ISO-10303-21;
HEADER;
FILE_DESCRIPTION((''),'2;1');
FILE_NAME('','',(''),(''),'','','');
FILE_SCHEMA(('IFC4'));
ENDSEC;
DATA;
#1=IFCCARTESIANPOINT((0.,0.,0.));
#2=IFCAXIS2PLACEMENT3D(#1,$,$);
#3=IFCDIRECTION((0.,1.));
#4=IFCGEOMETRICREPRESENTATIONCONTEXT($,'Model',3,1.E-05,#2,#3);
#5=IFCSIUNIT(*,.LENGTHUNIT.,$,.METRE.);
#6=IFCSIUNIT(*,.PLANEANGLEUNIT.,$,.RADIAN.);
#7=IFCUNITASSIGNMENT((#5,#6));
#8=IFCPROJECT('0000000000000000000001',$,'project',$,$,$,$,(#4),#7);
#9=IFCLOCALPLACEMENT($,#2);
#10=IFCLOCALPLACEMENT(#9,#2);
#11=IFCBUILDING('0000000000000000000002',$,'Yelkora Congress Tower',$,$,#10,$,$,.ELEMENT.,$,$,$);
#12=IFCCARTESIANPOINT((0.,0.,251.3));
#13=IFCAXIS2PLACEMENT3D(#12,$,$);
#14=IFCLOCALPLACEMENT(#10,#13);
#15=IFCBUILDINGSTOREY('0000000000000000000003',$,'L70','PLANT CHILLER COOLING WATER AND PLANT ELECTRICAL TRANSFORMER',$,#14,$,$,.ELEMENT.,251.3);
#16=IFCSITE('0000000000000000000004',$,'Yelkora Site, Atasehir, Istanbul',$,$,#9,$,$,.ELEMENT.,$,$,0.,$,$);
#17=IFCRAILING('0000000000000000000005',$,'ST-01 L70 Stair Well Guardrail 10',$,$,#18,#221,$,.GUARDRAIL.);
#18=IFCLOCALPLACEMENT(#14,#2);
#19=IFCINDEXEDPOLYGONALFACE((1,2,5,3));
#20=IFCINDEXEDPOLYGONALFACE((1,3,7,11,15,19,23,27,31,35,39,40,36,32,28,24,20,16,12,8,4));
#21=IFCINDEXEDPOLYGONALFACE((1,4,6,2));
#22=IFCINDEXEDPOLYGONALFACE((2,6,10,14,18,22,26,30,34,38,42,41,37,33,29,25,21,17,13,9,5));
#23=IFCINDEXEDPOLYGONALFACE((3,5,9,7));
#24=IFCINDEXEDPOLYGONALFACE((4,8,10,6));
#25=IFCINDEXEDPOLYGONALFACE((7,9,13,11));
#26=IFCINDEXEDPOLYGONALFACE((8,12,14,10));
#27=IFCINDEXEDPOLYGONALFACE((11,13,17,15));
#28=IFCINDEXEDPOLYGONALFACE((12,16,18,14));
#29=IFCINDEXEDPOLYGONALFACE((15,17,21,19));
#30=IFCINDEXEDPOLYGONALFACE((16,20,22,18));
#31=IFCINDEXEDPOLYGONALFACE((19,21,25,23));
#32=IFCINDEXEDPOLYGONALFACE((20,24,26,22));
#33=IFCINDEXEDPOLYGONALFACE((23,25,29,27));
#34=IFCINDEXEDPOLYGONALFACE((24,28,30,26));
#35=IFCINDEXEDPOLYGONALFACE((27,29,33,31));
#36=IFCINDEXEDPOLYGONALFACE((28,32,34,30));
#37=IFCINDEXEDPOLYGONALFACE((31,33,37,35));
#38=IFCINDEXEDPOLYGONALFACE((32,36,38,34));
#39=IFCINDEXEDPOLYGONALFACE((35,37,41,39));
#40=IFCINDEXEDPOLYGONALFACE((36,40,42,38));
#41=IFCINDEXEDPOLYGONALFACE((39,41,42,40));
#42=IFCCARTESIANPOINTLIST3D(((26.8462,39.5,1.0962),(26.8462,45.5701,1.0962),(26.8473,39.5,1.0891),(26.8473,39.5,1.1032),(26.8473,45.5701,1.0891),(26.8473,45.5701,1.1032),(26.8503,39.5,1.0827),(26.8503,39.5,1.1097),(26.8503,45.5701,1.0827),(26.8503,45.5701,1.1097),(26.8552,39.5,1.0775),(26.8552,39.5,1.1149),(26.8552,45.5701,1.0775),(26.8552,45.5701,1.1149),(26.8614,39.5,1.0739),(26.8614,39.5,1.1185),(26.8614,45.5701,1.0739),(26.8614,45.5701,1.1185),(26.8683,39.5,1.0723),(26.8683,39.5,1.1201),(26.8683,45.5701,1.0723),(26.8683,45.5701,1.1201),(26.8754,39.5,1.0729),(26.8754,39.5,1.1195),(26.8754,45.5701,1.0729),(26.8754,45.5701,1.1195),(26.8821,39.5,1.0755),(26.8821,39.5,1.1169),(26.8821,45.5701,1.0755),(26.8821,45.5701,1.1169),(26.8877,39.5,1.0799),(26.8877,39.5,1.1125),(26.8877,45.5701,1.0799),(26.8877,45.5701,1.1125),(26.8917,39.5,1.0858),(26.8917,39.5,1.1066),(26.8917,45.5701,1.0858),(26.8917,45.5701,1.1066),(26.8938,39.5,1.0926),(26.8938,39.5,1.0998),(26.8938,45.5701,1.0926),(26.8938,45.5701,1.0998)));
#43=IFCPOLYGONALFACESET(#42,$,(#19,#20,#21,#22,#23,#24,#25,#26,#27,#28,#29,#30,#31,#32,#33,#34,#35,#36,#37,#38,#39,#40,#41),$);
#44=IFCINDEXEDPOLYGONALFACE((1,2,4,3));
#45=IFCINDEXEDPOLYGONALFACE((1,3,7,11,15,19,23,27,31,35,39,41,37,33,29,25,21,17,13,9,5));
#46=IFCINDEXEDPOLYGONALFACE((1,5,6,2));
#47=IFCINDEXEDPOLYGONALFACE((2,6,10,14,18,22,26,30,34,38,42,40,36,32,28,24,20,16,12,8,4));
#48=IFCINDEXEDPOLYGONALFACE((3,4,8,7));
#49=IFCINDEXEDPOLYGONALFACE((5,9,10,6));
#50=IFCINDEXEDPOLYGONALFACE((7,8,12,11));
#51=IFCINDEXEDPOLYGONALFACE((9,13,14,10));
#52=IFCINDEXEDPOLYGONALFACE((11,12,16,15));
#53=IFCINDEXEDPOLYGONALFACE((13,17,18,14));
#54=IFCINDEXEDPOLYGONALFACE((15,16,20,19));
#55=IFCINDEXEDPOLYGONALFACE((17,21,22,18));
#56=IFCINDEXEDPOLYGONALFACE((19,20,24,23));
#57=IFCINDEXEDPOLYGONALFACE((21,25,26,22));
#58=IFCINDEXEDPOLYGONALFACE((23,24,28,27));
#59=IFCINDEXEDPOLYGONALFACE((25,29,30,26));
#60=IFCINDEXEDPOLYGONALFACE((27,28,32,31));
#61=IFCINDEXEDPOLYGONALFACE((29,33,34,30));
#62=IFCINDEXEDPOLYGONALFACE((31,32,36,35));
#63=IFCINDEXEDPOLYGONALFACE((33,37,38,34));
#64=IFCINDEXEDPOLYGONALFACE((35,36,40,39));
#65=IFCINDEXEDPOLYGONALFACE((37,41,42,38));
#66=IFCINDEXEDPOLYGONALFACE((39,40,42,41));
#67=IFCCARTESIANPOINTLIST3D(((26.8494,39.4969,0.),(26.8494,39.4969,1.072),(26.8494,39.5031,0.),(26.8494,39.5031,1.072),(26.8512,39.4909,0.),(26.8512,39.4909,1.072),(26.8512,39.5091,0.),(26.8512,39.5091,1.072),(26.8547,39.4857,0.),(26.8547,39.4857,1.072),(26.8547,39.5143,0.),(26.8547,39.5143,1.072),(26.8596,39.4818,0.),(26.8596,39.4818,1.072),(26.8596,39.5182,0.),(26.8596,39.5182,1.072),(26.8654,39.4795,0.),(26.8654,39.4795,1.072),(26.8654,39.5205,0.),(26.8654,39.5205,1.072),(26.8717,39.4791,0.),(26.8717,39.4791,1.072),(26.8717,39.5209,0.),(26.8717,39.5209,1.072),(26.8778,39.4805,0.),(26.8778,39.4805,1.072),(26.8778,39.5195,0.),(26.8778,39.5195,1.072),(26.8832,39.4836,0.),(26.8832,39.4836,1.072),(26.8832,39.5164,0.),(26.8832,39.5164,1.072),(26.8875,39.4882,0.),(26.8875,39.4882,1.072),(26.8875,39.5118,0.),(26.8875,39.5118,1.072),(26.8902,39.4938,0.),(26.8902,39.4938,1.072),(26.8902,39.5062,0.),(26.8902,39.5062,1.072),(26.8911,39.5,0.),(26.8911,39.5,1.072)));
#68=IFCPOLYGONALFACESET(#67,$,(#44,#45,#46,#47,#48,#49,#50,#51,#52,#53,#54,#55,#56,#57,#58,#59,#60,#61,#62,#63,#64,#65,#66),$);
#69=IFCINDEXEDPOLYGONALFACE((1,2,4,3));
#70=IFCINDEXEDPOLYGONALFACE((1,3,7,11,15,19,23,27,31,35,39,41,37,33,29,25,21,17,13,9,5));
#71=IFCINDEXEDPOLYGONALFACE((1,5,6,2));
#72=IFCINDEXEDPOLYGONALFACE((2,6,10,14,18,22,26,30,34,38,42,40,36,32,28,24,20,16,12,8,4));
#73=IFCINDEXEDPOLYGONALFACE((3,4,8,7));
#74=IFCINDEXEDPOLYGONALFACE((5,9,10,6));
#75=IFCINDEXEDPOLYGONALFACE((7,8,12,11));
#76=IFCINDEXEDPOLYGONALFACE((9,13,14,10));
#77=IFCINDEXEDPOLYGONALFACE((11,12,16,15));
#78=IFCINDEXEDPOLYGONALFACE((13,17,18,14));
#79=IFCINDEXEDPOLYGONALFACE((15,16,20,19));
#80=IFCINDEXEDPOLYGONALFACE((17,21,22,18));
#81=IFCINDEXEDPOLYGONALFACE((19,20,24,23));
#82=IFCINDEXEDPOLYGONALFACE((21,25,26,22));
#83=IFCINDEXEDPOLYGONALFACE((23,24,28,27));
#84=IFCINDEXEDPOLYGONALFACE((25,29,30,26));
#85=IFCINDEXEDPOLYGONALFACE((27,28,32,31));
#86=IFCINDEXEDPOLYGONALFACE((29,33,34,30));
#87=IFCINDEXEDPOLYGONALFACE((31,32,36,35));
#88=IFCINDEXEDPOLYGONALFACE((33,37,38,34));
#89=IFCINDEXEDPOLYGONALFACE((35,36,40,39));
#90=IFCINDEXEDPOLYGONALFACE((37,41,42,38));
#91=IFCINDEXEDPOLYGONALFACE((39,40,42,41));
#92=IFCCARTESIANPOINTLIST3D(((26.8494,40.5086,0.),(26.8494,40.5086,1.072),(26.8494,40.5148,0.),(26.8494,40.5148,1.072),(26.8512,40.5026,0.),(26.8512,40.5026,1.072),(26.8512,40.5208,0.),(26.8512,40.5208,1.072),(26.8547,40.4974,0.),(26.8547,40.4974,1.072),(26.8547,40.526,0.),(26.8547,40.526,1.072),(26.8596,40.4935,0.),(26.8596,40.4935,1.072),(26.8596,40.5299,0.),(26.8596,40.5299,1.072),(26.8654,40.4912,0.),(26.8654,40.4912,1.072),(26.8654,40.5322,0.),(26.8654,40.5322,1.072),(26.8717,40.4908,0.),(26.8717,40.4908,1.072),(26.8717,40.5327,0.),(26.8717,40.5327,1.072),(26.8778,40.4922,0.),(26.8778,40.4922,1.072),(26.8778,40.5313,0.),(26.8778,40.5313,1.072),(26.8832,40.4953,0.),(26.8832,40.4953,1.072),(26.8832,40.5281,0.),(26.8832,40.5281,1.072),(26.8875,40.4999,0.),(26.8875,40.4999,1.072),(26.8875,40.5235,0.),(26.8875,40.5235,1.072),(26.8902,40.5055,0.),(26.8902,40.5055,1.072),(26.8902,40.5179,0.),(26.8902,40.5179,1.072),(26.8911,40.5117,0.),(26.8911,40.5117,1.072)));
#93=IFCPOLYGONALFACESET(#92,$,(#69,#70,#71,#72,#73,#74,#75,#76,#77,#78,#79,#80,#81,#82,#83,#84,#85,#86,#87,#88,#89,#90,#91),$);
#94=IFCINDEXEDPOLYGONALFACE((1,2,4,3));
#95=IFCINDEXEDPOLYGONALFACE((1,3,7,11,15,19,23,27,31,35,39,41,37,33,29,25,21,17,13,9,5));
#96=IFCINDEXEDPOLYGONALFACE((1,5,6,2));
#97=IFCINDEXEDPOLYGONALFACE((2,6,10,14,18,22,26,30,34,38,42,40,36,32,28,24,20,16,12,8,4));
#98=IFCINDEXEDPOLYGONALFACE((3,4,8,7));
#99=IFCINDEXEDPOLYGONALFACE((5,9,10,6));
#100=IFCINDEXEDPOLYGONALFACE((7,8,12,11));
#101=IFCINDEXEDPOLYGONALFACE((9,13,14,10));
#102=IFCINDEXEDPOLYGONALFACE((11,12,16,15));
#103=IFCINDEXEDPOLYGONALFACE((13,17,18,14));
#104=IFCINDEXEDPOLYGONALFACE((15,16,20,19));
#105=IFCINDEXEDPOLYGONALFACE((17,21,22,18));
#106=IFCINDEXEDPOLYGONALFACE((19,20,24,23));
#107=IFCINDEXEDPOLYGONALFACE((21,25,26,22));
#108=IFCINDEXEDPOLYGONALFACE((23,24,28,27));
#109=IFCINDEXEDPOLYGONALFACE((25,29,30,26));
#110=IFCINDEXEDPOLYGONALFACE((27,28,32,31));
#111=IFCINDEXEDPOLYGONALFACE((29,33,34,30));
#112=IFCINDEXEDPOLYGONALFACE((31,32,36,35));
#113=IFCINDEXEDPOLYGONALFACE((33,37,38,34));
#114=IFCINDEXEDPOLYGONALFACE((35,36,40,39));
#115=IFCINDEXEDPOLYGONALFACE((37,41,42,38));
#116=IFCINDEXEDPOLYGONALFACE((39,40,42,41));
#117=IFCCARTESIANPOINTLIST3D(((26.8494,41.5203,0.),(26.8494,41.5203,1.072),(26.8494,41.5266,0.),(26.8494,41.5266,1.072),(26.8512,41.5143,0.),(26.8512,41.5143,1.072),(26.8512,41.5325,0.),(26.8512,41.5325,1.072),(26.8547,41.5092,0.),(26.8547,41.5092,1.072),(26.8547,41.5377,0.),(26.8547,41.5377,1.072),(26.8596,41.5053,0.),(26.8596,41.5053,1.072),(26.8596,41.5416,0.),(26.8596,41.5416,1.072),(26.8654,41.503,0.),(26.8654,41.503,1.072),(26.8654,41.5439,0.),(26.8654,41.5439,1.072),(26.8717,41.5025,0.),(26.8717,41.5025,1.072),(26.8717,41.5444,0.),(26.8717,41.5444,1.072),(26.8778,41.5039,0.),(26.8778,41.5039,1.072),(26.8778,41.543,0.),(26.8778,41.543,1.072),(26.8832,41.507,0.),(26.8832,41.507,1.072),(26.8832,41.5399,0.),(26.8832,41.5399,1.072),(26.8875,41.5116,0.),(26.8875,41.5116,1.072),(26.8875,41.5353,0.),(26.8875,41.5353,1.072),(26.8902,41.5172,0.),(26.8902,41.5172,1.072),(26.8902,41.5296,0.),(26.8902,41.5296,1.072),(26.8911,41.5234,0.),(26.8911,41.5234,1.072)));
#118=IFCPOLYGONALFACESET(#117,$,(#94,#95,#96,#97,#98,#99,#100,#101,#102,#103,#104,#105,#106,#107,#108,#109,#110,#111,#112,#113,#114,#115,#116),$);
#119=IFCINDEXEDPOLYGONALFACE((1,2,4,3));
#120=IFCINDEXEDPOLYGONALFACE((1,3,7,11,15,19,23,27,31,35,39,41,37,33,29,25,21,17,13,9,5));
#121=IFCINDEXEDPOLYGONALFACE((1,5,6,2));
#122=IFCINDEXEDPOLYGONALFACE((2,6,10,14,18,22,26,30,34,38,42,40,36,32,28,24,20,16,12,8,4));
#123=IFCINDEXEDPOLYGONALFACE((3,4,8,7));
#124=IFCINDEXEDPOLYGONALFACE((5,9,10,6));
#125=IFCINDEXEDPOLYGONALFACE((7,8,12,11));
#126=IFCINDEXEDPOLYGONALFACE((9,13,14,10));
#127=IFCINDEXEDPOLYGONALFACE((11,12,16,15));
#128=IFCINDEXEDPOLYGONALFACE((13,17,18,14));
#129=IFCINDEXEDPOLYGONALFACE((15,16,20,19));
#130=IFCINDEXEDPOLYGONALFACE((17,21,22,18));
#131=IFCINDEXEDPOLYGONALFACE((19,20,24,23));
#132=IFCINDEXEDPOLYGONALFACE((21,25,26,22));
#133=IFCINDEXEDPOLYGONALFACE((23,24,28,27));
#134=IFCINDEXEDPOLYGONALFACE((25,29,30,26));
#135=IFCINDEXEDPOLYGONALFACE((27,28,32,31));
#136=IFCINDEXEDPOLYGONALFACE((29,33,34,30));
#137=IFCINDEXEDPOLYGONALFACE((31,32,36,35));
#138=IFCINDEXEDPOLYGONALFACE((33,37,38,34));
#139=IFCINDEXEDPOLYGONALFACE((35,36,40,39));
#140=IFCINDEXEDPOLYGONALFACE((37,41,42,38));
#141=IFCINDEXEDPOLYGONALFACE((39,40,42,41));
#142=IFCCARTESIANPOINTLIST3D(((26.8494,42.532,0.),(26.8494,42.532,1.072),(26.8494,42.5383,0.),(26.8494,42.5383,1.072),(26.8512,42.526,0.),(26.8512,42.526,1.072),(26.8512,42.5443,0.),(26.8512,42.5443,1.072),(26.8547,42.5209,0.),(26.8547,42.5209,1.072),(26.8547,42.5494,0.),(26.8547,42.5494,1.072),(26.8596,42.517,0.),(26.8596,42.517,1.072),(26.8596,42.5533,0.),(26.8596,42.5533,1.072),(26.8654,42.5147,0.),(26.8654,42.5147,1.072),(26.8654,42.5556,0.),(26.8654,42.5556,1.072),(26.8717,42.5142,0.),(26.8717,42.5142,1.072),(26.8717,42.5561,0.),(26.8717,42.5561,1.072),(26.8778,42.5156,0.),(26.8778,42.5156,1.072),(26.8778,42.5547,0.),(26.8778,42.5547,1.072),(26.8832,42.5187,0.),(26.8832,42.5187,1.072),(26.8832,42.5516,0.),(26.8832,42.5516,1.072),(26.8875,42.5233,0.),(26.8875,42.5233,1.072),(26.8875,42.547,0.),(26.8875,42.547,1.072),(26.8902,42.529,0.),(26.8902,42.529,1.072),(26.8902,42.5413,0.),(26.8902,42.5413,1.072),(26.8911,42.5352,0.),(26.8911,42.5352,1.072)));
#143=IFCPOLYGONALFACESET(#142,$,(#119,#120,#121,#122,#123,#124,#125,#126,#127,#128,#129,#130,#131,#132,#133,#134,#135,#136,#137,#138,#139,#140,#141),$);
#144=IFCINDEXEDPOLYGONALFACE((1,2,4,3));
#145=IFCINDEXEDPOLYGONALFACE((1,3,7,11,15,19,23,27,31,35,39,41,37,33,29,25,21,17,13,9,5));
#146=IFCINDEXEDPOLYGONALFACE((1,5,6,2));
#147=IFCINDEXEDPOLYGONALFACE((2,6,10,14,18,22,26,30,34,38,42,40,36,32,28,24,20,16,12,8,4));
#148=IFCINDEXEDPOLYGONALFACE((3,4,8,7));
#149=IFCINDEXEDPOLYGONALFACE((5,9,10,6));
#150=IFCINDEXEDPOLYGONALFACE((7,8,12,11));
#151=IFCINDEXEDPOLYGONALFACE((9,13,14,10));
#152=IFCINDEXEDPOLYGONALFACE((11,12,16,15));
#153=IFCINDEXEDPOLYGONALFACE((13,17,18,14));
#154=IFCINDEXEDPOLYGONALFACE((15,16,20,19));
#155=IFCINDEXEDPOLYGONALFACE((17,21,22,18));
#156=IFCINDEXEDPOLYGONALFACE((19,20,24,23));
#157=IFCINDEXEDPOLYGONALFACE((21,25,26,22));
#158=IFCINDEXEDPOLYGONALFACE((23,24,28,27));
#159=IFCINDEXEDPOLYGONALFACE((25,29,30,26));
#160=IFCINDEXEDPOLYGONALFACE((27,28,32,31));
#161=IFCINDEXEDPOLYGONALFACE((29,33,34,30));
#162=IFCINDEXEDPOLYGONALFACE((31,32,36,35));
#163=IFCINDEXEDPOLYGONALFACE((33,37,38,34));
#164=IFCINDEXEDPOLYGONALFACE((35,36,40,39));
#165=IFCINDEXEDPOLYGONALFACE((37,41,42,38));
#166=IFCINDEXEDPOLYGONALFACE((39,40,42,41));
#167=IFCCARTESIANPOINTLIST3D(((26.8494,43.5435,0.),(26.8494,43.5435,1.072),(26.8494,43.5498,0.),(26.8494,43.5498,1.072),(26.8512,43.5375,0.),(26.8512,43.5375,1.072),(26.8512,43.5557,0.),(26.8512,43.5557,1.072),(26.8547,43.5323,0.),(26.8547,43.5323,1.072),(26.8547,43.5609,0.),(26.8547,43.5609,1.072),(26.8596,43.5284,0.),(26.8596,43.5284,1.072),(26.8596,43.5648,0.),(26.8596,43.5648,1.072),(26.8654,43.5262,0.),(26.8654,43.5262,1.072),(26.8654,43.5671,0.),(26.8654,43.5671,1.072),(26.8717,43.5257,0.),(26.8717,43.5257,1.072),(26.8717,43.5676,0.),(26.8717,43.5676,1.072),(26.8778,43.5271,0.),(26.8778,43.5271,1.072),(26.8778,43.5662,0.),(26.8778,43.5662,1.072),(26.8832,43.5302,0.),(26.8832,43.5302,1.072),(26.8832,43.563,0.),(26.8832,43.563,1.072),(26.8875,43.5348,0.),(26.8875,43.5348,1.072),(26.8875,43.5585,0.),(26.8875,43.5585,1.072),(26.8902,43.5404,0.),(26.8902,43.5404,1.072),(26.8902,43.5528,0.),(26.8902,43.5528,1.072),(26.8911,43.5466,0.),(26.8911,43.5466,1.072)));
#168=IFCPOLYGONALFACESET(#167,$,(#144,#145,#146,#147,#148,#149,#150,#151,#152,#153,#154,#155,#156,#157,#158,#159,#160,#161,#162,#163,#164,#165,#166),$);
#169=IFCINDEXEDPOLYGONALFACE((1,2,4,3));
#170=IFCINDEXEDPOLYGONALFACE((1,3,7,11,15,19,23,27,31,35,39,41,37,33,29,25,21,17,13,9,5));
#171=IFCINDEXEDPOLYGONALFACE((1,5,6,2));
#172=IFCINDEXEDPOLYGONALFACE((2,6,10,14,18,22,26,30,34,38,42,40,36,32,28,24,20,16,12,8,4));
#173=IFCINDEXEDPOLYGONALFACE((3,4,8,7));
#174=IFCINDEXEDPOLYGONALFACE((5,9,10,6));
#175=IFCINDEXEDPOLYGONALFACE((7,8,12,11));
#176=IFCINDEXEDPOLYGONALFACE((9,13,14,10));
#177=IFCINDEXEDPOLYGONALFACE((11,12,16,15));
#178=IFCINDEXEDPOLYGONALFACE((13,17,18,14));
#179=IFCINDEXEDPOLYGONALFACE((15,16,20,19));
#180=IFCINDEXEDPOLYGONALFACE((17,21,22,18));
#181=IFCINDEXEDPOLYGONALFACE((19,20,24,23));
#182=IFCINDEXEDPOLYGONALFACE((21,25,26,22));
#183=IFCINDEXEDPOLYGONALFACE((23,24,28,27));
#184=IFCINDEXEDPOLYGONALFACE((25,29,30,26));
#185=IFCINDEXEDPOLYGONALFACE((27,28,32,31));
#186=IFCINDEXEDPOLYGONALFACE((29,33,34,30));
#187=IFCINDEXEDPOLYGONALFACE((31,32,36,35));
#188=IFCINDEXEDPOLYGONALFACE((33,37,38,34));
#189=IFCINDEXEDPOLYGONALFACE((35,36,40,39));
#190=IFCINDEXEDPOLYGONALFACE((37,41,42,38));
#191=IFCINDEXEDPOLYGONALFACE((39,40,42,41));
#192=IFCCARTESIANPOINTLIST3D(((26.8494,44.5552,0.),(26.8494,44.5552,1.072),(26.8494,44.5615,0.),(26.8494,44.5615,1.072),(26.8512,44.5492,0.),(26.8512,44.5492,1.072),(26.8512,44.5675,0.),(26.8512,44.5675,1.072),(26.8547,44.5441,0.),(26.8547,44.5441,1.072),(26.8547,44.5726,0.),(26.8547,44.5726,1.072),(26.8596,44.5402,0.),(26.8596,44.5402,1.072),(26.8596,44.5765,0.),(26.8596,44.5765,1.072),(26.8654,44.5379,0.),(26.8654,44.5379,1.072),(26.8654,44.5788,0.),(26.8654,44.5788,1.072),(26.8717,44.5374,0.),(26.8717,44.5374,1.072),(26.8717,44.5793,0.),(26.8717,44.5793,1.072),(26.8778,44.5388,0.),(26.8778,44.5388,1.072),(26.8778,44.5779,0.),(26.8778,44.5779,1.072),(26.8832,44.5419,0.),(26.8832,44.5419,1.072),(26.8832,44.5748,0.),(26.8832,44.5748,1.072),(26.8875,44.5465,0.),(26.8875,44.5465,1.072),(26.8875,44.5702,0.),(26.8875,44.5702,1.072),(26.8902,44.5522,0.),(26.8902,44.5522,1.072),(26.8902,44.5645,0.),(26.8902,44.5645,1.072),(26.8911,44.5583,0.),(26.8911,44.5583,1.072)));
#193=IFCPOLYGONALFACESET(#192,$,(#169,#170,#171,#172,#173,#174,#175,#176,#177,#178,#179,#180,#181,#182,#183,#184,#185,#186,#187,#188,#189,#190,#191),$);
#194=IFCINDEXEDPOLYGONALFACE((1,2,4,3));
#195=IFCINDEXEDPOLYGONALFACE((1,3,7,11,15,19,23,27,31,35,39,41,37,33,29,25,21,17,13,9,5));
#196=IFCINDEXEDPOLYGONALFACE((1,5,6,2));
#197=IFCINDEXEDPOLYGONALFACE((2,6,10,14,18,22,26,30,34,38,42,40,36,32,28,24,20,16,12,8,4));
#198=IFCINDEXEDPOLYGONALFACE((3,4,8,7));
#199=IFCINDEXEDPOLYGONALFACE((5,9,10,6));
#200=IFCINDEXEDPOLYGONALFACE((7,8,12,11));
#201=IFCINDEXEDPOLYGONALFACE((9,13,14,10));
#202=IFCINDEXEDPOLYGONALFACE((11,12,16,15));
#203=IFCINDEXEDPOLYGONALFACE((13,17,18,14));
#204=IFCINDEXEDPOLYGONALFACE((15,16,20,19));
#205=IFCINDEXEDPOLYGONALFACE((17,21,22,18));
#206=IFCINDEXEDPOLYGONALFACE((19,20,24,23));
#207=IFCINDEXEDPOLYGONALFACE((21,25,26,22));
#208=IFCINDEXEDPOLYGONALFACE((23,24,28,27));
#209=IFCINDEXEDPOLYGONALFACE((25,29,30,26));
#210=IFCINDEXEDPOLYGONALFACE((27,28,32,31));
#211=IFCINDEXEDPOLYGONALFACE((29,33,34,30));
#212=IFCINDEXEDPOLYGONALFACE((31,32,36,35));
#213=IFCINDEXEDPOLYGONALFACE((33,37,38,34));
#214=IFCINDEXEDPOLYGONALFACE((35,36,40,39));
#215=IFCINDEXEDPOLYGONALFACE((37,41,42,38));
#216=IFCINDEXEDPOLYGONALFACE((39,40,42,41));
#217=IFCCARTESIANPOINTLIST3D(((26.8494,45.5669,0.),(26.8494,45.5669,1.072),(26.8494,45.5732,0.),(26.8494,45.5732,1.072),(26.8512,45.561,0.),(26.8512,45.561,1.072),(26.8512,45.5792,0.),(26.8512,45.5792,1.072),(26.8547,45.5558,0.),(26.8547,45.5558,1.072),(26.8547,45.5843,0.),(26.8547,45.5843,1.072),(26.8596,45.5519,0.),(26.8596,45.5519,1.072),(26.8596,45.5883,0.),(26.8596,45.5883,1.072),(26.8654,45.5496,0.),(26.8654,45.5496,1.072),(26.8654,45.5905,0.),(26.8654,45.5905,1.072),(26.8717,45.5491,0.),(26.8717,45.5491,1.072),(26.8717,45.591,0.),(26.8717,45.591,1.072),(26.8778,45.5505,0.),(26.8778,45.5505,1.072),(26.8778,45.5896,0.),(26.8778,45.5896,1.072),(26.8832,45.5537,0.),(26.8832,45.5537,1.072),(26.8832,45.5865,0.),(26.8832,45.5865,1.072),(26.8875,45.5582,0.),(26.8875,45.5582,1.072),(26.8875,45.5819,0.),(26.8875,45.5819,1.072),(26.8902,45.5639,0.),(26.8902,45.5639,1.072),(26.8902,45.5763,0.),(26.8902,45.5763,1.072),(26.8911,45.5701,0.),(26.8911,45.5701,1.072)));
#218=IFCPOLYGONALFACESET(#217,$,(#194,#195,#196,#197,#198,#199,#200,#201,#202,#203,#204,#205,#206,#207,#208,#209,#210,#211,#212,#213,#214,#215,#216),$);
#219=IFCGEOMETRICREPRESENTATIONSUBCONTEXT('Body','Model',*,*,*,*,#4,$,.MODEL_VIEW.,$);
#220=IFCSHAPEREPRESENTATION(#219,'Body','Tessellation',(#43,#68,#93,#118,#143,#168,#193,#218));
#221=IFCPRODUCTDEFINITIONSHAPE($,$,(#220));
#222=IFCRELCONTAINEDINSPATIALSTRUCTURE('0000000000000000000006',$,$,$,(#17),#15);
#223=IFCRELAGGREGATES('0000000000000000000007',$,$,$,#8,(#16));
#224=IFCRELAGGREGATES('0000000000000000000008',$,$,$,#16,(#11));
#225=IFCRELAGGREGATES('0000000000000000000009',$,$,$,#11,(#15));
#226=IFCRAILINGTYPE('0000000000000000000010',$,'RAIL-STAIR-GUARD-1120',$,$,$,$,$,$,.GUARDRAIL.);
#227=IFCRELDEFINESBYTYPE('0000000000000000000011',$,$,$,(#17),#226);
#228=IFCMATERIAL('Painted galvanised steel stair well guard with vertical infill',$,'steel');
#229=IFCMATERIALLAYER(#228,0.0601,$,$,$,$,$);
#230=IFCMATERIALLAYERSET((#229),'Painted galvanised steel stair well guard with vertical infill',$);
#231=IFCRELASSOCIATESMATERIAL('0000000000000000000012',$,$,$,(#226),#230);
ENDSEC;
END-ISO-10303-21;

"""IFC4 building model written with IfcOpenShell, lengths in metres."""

from ifc_helpers import new_model, si_unit, direction, frame, origin, origin_2d, place, context, subcontext, project, spatial, circle, extrude, material, layer, layer_set, type_object, element, save


model = new_model("IFC4")

# Units and contexts
model_context = context("Model", 3, precision=1e-05, world=origin(), true_north=direction((0.0, 1.0)))
body_context = subcontext(model_context, "Body", "Model", "MODEL_VIEW")
ifc_project = project(units=[si_unit("LENGTHUNIT", "METRE"), si_unit("PLANEANGLEUNIT", "RADIAN")], contexts=[model_context])

# Site, building, storey
site_placement = place(None, origin())
site = spatial("IfcSite", under=ifc_project, at=site_placement, Name="Yelkora Site, Atasehir, Istanbul", CompositionType="ELEMENT", RefElevation=0.0)
building_placement = place(site_placement, origin())
building = spatial("IfcBuilding", under=site, at=building_placement, Name="Yelkora Congress Tower", CompositionType="ELEMENT")
storey_placement = place(building_placement, frame((0.0, 0.0, 251.3)))
storey = spatial("IfcBuildingStorey", under=building, at=storey_placement, Name="L70", Description="PLANT CHILLER COOLING WATER AND PLANT ELECTRICAL TRANSFORMER", CompositionType="ELEMENT", Elevation=251.3)

# Railing
ifc_material_1 = material(Name="Painted galvanised steel stair well guard with vertical infill", Category="steel")
ifc_layer_1 = layer(ifc_material_1, 0.0601)
ifc_layer_set_1 = layer_set([ifc_layer_1], Name="Painted galvanised steel stair well guard with vertical infill")
railing_type_1 = type_object("IfcRailingType", Name="RAIL-STAIR-GUARD-1120", PredefinedType="GUARDRAIL", material=ifc_layer_set_1)
railing_1_placement = place(storey_placement, frame((26.8701, 39.5, 0.0)))
element("IfcRailing", 1, at=railing_1_placement, inside=storey, type_object=railing_type_1, Name="ST-01 L70 Stair Well Guardrail 10", PredefinedType="GUARDRAIL", context=body_context, shape_type="SweptSolid", body=[
    extrude(circle(Radius=0.0239, at=origin_2d()), frame((0.0, 0.0, 1.0962), z_axis=(0.0, 1.0, 0.0), x_axis=(-1.0, 0.0, 0.0)), (0.0, 0.0, 1.0), 6.0701),
    extrude(circle(Radius=0.021, at=origin_2d()), origin(), (0.0, 0.0, 1.0), 1.072),
    extrude(circle(Radius=0.021, at=origin_2d()), frame((0.0, 1.0117, 0.0)), (0.0, 0.0, 1.0), 1.072),
    extrude(circle(Radius=0.021, at=origin_2d()), frame((0.0, 2.0234, 0.0)), (0.0, 0.0, 1.0), 1.072),
    extrude(circle(Radius=0.021, at=origin_2d()), frame((0.0, 3.0352, 0.0)), (0.0, 0.0, 1.0), 1.072),
    extrude(circle(Radius=0.021, at=origin_2d()), frame((0.0, 4.0466, 0.0)), (0.0, 0.0, 1.0), 1.072),
    extrude(circle(Radius=0.021, at=origin_2d()), frame((0.0, 5.0583, 0.0)), (0.0, 0.0, 1.0), 1.072),
    extrude(circle(Radius=0.021, at=origin_2d()), frame((0.0, 6.0701, 0.0)), (0.0, 0.0, 1.0), 1.072),
])

save(model, "model.ifc")
